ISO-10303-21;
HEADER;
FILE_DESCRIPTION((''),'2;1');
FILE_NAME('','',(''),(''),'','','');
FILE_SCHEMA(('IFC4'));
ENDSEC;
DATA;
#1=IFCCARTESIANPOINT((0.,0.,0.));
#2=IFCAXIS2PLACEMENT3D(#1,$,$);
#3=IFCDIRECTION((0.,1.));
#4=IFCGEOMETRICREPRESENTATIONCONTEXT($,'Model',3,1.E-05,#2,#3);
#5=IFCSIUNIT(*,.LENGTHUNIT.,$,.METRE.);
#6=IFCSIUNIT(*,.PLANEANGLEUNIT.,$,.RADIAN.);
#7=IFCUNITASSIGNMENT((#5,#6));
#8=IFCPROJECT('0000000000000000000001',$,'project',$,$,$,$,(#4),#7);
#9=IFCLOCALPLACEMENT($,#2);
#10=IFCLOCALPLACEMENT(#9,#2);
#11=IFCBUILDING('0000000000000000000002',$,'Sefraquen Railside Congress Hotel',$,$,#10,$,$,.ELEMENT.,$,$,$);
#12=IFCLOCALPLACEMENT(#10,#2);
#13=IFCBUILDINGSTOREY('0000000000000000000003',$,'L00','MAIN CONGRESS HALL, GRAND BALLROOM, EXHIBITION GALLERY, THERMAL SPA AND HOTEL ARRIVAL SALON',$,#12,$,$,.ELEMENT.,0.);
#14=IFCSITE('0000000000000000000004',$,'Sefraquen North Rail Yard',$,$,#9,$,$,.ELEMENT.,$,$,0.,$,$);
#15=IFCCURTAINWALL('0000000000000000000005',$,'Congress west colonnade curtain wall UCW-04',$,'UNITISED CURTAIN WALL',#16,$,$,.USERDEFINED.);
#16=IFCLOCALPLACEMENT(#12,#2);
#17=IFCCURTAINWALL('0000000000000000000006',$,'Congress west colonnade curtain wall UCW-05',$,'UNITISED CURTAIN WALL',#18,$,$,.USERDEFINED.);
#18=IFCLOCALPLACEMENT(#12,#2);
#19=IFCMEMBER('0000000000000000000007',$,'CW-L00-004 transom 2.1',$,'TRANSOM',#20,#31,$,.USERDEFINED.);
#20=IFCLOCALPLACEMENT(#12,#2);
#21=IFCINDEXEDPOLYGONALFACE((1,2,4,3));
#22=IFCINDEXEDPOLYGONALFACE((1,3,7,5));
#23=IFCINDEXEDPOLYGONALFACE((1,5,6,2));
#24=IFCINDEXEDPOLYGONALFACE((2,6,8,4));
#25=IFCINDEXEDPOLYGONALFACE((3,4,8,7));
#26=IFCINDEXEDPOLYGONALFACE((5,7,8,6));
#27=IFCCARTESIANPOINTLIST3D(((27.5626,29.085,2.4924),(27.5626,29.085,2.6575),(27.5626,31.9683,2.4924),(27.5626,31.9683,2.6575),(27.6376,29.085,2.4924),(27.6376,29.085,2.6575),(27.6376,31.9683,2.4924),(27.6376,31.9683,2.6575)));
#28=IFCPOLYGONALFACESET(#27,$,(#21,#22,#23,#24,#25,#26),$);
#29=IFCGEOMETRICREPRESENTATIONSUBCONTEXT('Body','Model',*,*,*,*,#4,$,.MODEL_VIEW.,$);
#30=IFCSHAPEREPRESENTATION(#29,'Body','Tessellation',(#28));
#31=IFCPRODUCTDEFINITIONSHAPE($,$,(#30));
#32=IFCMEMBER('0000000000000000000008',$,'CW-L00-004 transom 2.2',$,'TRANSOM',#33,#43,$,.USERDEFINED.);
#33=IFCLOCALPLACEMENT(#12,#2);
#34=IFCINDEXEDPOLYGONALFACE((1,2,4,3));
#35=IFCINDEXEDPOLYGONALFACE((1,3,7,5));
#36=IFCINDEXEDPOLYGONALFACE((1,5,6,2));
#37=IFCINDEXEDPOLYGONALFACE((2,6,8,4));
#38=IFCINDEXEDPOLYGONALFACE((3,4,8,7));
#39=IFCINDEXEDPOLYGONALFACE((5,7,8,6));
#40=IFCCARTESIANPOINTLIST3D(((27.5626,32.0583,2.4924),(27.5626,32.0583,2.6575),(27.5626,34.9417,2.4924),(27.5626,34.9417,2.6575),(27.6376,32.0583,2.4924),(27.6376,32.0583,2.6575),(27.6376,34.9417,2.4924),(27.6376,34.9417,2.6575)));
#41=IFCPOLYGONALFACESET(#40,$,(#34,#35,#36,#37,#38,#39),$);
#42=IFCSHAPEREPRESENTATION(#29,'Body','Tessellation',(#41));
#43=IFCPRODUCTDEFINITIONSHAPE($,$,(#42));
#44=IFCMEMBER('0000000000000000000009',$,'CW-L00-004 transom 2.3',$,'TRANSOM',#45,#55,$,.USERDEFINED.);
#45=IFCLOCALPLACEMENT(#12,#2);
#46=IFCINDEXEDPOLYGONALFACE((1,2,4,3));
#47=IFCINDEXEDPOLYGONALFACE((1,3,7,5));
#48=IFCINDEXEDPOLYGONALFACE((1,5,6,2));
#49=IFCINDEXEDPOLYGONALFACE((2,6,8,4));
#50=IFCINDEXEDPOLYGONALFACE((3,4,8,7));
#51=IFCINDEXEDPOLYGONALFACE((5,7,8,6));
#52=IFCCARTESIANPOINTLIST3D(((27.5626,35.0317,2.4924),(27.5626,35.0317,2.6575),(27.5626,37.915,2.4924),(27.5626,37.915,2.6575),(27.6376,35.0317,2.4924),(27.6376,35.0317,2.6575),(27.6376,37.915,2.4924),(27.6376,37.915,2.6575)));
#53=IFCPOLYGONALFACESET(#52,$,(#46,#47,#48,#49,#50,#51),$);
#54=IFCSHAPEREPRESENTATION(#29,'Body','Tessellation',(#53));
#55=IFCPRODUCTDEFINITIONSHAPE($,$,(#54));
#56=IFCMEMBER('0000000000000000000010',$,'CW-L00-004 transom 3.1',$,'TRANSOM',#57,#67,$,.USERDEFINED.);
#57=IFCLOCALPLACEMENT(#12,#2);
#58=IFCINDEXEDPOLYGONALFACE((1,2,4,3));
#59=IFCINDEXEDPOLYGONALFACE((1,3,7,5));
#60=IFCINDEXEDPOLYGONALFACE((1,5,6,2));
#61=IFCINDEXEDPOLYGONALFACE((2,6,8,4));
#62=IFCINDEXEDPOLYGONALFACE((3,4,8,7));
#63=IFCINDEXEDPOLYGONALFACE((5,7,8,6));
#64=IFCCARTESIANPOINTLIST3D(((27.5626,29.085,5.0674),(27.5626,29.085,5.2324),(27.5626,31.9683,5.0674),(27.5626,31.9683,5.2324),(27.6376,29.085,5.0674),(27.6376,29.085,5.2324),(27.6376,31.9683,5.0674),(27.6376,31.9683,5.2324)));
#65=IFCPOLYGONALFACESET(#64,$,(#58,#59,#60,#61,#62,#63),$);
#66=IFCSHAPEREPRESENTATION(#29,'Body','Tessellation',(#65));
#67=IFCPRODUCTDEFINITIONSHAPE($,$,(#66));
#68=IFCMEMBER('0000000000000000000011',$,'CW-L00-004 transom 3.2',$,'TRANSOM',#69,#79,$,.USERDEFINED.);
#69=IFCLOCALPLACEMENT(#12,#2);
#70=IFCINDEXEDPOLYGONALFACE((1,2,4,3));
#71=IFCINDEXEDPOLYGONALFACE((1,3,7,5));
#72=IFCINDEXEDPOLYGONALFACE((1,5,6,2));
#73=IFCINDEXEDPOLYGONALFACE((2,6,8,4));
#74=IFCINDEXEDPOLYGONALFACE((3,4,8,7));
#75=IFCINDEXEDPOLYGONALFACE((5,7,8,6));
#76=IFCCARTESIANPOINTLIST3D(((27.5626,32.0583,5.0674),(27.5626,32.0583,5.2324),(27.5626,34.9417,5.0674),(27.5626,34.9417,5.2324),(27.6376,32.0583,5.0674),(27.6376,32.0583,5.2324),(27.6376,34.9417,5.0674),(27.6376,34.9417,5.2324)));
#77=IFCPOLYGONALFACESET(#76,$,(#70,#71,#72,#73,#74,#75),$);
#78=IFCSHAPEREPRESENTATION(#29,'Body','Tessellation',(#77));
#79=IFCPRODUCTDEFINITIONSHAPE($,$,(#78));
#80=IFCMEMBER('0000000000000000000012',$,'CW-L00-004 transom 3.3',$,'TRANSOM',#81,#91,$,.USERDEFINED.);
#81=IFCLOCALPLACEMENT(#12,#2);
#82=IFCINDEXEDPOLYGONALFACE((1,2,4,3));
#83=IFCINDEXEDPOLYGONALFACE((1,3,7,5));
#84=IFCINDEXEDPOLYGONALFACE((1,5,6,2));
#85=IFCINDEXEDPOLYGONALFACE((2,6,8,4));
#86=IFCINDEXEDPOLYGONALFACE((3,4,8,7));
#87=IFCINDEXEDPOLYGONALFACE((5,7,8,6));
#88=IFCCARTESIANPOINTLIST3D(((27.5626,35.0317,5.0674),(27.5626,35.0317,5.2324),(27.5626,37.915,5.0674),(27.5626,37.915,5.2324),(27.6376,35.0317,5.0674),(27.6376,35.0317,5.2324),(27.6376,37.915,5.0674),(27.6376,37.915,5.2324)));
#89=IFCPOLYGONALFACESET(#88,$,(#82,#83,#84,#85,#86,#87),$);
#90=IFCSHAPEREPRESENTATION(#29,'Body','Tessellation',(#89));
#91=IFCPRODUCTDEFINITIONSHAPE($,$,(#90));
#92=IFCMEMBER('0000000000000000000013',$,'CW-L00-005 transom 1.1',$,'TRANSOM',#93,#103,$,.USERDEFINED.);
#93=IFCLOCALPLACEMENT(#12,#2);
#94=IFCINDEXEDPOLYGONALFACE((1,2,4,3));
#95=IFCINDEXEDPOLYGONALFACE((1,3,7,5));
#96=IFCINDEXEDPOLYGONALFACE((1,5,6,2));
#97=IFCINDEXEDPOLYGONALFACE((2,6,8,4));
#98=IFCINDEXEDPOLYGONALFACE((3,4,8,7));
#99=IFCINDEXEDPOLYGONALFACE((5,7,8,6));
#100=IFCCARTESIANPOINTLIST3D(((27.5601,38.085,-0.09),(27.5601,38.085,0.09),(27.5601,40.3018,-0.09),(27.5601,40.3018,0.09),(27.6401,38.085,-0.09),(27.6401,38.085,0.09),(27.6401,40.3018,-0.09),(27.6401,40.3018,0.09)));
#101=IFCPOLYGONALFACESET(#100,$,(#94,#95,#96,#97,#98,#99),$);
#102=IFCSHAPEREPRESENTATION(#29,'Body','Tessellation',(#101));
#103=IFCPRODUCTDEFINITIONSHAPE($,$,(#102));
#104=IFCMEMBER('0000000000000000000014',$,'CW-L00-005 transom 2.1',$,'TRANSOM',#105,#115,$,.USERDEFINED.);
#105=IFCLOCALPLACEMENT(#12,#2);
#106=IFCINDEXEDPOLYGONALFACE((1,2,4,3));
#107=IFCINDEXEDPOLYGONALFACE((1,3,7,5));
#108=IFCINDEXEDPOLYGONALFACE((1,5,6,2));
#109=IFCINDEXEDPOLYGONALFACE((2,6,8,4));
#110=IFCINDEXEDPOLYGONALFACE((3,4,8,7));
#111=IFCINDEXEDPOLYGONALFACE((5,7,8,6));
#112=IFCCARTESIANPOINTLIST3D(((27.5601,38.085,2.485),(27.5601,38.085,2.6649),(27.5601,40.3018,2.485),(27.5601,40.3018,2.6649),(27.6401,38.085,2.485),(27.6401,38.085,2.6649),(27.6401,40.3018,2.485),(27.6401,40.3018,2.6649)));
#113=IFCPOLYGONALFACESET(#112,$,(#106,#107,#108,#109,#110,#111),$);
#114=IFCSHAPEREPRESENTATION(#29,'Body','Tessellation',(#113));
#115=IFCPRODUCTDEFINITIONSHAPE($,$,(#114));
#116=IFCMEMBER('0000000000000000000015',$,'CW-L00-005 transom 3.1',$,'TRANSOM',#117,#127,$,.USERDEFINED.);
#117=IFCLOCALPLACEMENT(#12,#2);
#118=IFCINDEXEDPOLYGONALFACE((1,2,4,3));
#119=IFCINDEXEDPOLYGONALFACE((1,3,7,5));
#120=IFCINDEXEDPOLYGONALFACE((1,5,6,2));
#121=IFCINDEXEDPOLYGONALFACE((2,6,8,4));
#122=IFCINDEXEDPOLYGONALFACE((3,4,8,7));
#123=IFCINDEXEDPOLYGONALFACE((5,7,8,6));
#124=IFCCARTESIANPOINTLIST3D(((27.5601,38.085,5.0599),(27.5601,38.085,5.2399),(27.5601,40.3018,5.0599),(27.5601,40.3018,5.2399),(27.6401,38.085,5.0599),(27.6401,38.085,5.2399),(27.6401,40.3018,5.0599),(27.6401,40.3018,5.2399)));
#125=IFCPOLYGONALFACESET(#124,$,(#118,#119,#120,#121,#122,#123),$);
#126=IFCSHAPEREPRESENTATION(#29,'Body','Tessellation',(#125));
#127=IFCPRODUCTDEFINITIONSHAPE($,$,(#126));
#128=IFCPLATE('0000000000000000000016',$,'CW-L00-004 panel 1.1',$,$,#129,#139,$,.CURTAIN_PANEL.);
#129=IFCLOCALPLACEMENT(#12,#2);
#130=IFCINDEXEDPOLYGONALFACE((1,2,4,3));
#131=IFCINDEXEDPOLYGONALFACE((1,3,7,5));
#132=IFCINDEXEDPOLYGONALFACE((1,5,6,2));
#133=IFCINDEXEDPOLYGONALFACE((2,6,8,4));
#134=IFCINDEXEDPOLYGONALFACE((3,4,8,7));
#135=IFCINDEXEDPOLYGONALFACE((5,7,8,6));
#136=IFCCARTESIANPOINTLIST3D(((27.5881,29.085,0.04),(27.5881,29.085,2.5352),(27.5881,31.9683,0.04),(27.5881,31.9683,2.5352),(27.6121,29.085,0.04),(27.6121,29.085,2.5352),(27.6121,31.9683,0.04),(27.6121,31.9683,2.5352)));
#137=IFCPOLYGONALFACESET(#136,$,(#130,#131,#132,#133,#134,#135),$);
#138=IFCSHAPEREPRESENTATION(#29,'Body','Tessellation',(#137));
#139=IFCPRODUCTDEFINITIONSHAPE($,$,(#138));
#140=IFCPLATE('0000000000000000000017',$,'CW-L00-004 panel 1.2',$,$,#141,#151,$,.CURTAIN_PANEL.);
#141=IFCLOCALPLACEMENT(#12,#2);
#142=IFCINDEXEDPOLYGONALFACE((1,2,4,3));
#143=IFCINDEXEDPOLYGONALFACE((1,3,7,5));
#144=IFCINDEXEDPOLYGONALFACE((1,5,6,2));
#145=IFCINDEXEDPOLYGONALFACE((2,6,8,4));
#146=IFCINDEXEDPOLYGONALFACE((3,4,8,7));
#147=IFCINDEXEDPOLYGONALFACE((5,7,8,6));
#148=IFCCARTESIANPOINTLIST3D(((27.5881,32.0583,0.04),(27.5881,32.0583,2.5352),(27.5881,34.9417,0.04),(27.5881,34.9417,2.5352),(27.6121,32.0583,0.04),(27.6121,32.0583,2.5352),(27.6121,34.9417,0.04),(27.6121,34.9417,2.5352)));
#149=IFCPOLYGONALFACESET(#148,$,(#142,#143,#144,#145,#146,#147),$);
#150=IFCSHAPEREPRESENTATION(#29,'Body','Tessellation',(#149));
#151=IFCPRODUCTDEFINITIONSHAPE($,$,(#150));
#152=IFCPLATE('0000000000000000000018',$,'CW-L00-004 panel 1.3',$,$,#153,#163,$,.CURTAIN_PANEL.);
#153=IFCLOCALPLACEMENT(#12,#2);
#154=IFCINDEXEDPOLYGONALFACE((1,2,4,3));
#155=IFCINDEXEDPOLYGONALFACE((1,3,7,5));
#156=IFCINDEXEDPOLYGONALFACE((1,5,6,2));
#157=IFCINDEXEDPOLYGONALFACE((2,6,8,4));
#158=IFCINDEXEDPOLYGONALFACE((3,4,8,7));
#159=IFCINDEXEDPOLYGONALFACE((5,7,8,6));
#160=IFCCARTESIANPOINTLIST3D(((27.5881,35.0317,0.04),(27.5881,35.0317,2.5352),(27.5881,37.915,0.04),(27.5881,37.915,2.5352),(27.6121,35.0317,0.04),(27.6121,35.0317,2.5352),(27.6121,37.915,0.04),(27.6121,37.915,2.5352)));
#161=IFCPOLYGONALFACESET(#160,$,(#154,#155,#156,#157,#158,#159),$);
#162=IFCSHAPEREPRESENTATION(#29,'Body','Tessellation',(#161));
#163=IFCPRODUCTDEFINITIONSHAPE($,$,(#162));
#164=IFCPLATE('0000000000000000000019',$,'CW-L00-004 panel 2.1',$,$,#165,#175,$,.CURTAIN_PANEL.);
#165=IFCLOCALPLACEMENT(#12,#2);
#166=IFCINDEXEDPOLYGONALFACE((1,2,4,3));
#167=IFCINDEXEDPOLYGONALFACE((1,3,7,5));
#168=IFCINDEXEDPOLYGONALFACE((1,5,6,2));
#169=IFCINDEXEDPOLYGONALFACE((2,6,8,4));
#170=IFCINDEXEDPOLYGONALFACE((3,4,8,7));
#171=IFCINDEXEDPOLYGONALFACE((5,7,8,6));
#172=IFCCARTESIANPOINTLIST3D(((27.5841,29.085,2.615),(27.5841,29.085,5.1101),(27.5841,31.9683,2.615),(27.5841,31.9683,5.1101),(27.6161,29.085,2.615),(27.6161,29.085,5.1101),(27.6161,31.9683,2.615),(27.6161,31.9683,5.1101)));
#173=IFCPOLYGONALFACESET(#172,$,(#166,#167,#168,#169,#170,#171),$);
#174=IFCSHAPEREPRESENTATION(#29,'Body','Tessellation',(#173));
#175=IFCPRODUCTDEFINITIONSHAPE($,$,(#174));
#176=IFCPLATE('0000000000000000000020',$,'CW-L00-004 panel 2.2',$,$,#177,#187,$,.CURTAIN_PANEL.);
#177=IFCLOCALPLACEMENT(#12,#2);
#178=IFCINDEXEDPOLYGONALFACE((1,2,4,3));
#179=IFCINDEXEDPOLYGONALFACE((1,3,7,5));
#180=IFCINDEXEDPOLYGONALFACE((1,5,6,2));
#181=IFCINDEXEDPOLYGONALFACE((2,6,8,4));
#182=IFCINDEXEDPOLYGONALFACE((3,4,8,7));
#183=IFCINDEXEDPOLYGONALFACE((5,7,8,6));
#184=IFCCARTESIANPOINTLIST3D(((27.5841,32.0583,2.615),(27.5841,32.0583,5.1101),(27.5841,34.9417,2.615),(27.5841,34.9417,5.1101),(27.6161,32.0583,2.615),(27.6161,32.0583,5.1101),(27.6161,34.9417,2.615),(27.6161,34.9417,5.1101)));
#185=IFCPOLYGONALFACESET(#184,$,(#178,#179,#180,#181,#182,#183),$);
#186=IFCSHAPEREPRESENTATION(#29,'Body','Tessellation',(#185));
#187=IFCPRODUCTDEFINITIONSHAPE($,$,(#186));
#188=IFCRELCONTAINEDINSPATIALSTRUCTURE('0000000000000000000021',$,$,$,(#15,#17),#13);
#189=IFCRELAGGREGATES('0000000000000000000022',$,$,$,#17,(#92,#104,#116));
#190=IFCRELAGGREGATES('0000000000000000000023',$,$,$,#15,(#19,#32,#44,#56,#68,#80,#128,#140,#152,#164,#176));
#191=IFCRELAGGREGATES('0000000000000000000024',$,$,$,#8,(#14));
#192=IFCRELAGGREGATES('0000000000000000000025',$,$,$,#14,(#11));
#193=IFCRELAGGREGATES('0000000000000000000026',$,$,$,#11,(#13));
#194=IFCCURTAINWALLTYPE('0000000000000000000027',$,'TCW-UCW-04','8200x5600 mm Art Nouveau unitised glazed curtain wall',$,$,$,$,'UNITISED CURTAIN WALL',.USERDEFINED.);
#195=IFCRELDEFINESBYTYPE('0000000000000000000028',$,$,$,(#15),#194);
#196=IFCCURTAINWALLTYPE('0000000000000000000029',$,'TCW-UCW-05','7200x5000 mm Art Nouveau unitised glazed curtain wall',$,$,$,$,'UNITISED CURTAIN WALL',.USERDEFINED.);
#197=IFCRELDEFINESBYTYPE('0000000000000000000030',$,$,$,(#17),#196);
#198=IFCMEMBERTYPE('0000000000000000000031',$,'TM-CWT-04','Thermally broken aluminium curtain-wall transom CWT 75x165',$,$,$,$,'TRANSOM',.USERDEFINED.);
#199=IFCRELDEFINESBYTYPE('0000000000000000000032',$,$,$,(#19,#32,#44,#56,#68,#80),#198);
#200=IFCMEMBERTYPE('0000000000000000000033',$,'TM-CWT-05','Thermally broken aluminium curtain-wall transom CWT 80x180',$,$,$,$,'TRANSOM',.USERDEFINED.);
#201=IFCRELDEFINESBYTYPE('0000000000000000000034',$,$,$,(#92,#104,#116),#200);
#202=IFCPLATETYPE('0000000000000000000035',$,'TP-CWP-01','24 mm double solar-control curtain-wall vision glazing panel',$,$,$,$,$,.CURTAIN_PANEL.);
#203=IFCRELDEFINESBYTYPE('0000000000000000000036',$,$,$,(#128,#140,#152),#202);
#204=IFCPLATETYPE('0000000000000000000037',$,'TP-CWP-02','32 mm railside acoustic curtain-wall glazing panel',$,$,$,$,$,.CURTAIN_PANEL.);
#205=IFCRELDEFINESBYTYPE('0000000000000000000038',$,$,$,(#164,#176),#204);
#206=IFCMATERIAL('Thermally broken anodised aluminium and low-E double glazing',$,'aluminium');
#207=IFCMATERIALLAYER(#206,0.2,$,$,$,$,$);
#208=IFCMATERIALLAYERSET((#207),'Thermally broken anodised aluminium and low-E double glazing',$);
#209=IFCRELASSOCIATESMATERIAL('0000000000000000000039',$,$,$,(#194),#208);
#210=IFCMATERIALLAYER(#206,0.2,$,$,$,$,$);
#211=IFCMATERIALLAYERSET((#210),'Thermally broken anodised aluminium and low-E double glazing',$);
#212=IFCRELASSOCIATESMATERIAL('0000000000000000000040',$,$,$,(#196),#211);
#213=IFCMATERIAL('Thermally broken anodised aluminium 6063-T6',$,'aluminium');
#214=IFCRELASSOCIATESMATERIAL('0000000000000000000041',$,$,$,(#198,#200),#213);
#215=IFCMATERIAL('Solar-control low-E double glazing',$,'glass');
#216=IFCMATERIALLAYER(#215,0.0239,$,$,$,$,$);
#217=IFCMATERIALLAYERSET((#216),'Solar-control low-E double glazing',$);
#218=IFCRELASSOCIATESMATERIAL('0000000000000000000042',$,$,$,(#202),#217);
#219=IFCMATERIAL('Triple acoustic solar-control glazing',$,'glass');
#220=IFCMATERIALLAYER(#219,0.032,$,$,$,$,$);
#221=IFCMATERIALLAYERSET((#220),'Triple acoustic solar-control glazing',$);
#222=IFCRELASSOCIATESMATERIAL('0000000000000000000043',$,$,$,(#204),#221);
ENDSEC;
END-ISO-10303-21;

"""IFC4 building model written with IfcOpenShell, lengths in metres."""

from ifc_helpers import new_model, si_unit, direction, frame, origin, origin_2d, place, context, subcontext, project, spatial, rectangle, extrude, material, layer, layer_set, material_profile, profile_set, type_object, element, aggregate, save


model = new_model("IFC4")

# Units and contexts
model_context = context("Model", 3, precision=1e-05, world=origin(), true_north=direction((0.0, 1.0)))
body_context = subcontext(model_context, "Body", "Model", "MODEL_VIEW")
ifc_project = project(units=[si_unit("LENGTHUNIT", "METRE"), si_unit("PLANEANGLEUNIT", "RADIAN")], contexts=[model_context])

# Site, building, storey
site_placement = place(None, origin())
site = spatial("IfcSite", under=ifc_project, at=site_placement, Name="Sefraquen North Rail Yard", CompositionType="ELEMENT", RefElevation=0.0)
building_placement = place(site_placement, origin())
building = spatial("IfcBuilding", under=site, at=building_placement, Name="Sefraquen Railside Congress Hotel", CompositionType="ELEMENT")
storey_placement = place(building_placement, origin())
storey = spatial("IfcBuildingStorey", under=building, at=storey_placement, Name="L00", Description="MAIN CONGRESS HALL, GRAND BALLROOM, EXHIBITION GALLERY, THERMAL SPA AND HOTEL ARRIVAL SALON", CompositionType="ELEMENT", Elevation=0.0)

# Curtain wall
ifc_material_1 = material(Name="Thermally broken anodised aluminium and low-E double glazing", Category="aluminium")
ifc_layer_1 = layer(ifc_material_1, 0.2)
ifc_layer_set_1 = layer_set([ifc_layer_1], Name="Thermally broken anodised aluminium and low-E double glazing")
curtain_wall_type_1 = type_object("IfcCurtainWallType", Name="TCW-UCW-04", Description="8200x5600 mm Art Nouveau unitised glazed curtain wall", ElementType="UNITISED CURTAIN WALL", PredefinedType="USERDEFINED", material=ifc_layer_set_1)
curtain_wall_1_placement = place(storey_placement, origin())
curtain_wall_1 = element("IfcCurtainWall", 1, at=curtain_wall_1_placement, inside=storey, type_object=curtain_wall_type_1, Name="Congress west colonnade curtain wall UCW-04", ObjectType="UNITISED CURTAIN WALL", PredefinedType="USERDEFINED")
ifc_material_2 = material(Name="Thermally broken anodised aluminium 6063-T6", Category="aluminium")

# Curtain wall
ifc_layer_2 = layer(ifc_material_1, 0.2)
ifc_layer_set_2 = layer_set([ifc_layer_2], Name="Thermally broken anodised aluminium and low-E double glazing")
curtain_wall_type_2 = type_object("IfcCurtainWallType", Name="TCW-UCW-05", Description="7200x5000 mm Art Nouveau unitised glazed curtain wall", ElementType="UNITISED CURTAIN WALL", PredefinedType="USERDEFINED", material=ifc_layer_set_2)
curtain_wall_2_placement = place(storey_placement, origin())
curtain_wall_2 = element("IfcCurtainWall", 2, at=curtain_wall_2_placement, inside=storey, type_object=curtain_wall_type_2, Name="Congress west colonnade curtain wall UCW-05", ObjectType="UNITISED CURTAIN WALL", PredefinedType="USERDEFINED")

# Members
ifc_material_profile_1 = material_profile(ifc_material_2, rectangle(XDim=0.075, YDim=0.165, at=origin_2d()), Name="CWT 75x165")
ifc_profile_set_1 = profile_set([ifc_material_profile_1], Name="Thermally broken anodised aluminium 6063-T6")
member_type_1 = type_object("IfcMemberType", Name="TM-CWT-04", Description="Thermally broken aluminium curtain-wall transom CWT 75x165", ElementType="TRANSOM", PredefinedType="USERDEFINED", material=ifc_profile_set_1)
member_1_placement = place(storey_placement, frame((27.6001, 29.085, 2.575), z_axis=(0.0, 1.0, 0.0), x_axis=(-1.0, 0.0, 0.0)))
member_1 = element("IfcMember", 3, at=member_1_placement, type_object=member_type_1, Name="CW-L00-004 transom 2.1", ObjectType="TRANSOM", PredefinedType="USERDEFINED", context=body_context, shape_type="SweptSolid", body=[
    extrude(rectangle(XDim=0.075, YDim=0.165, at=origin_2d()), origin(), (0.0, 0.0, 1.0), 2.8833),
])
member_2_placement = place(storey_placement, frame((27.6001, 32.0583, 2.575), z_axis=(0.0, 1.0, 0.0), x_axis=(-1.0, 0.0, 0.0)))
member_2 = element("IfcMember", 4, at=member_2_placement, type_object=member_type_1, Name="CW-L00-004 transom 2.2", ObjectType="TRANSOM", PredefinedType="USERDEFINED", context=body_context, shape_type="SweptSolid", body=[
    extrude(rectangle(XDim=0.075, YDim=0.165, at=origin_2d()), origin(), (0.0, 0.0, 1.0), 2.8833),
])
member_3_placement = place(storey_placement, frame((27.6001, 35.0317, 2.575), z_axis=(0.0, 1.0, 0.0), x_axis=(-1.0, 0.0, 0.0)))
member_3 = element("IfcMember", 5, at=member_3_placement, type_object=member_type_1, Name="CW-L00-004 transom 2.3", ObjectType="TRANSOM", PredefinedType="USERDEFINED", context=body_context, shape_type="SweptSolid", body=[
    extrude(rectangle(XDim=0.075, YDim=0.165, at=origin_2d()), origin(), (0.0, 0.0, 1.0), 2.8833),
])
member_4_placement = place(storey_placement, frame((27.6001, 29.085, 5.1499), z_axis=(0.0, 1.0, 0.0), x_axis=(-1.0, 0.0, 0.0)))
member_4 = element("IfcMember", 6, at=member_4_placement, type_object=member_type_1, Name="CW-L00-004 transom 3.1", ObjectType="TRANSOM", PredefinedType="USERDEFINED", context=body_context, shape_type="SweptSolid", body=[
    extrude(rectangle(XDim=0.075, YDim=0.165, at=origin_2d()), origin(), (0.0, 0.0, 1.0), 2.8833),
])
member_5_placement = place(storey_placement, frame((27.6001, 32.0583, 5.1499), z_axis=(0.0, 1.0, 0.0), x_axis=(-1.0, 0.0, 0.0)))
member_5 = element("IfcMember", 7, at=member_5_placement, type_object=member_type_1, Name="CW-L00-004 transom 3.2", ObjectType="TRANSOM", PredefinedType="USERDEFINED", context=body_context, shape_type="SweptSolid", body=[
    extrude(rectangle(XDim=0.075, YDim=0.165, at=origin_2d()), origin(), (0.0, 0.0, 1.0), 2.8833),
])
member_6_placement = place(storey_placement, frame((27.6001, 35.0317, 5.1499), z_axis=(0.0, 1.0, 0.0), x_axis=(-1.0, 0.0, 0.0)))
member_6 = element("IfcMember", 8, at=member_6_placement, type_object=member_type_1, Name="CW-L00-004 transom 3.3", ObjectType="TRANSOM", PredefinedType="USERDEFINED", context=body_context, shape_type="SweptSolid", body=[
    extrude(rectangle(XDim=0.075, YDim=0.165, at=origin_2d()), origin(), (0.0, 0.0, 1.0), 2.8833),
])
ifc_material_profile_2 = material_profile(ifc_material_2, rectangle(XDim=0.0801, YDim=0.1799, at=origin_2d()), Name="CWT 80x180")
ifc_profile_set_2 = profile_set([ifc_material_profile_2], Name="Thermally broken anodised aluminium 6063-T6")
member_type_2 = type_object("IfcMemberType", Name="TM-CWT-05", Description="Thermally broken aluminium curtain-wall transom CWT 80x180", ElementType="TRANSOM", PredefinedType="USERDEFINED", material=ifc_profile_set_2)
member_7_placement = place(storey_placement, frame((27.6001, 38.085, 0.0), z_axis=(0.0, 1.0, 0.0), x_axis=(-1.0, 0.0, 0.0)))
member_7 = element("IfcMember", 9, at=member_7_placement, type_object=member_type_2, Name="CW-L00-005 transom 1.1", ObjectType="TRANSOM", PredefinedType="USERDEFINED", context=body_context, shape_type="SweptSolid", body=[
    extrude(rectangle(XDim=0.0801, YDim=0.1799, at=origin_2d()), origin(), (0.0, 0.0, 1.0), 2.2168),
])
member_8_placement = place(storey_placement, frame((27.6001, 38.085, 2.575), z_axis=(0.0, 1.0, 0.0), x_axis=(-1.0, 0.0, 0.0)))
member_8 = element("IfcMember", 10, at=member_8_placement, type_object=member_type_2, Name="CW-L00-005 transom 2.1", ObjectType="TRANSOM", PredefinedType="USERDEFINED", context=body_context, shape_type="SweptSolid", body=[
    extrude(rectangle(XDim=0.0801, YDim=0.1799, at=origin_2d()), origin(), (0.0, 0.0, 1.0), 2.2168),
])
member_9_placement = place(storey_placement, frame((27.6001, 38.085, 5.1499), z_axis=(0.0, 1.0, 0.0), x_axis=(-1.0, 0.0, 0.0)))
member_9 = element("IfcMember", 11, at=member_9_placement, type_object=member_type_2, Name="CW-L00-005 transom 3.1", ObjectType="TRANSOM", PredefinedType="USERDEFINED", context=body_context, shape_type="SweptSolid", body=[
    extrude(rectangle(XDim=0.0801, YDim=0.1799, at=origin_2d()), origin(), (0.0, 0.0, 1.0), 2.2168),
])
aggregate(curtain_wall_2, [member_7, member_8, member_9])

# Plates
ifc_material_3 = material(Name="Solar-control low-E double glazing", Category="glass")
ifc_layer_3 = layer(ifc_material_3, 0.0239)
ifc_layer_set_3 = layer_set([ifc_layer_3], Name="Solar-control low-E double glazing")
plate_type_1 = type_object("IfcPlateType", Name="TP-CWP-01", Description="24 mm double solar-control curtain-wall vision glazing panel", PredefinedType="CURTAIN_PANEL", material=ifc_layer_set_3)
plate_1_placement = place(storey_placement, frame((27.6001, 30.5266, 0.04), z_axis=(0.0, 0.0, 1.0), x_axis=(0.0, 1.0, 0.0)))
plate_1 = element("IfcPlate", 12, at=plate_1_placement, type_object=plate_type_1, Name="CW-L00-004 panel 1.1", PredefinedType="CURTAIN_PANEL", context=body_context, shape_type="SweptSolid", body=[
    extrude(rectangle(XDim=2.8833, YDim=0.0239, at=origin_2d()), origin(), (0.0, 0.0, 1.0), 2.4951),
])
plate_2_placement = place(storey_placement, frame((27.6001, 33.5, 0.04), z_axis=(0.0, 0.0, 1.0), x_axis=(0.0, 1.0, 0.0)))
plate_2 = element("IfcPlate", 13, at=plate_2_placement, type_object=plate_type_1, Name="CW-L00-004 panel 1.2", PredefinedType="CURTAIN_PANEL", context=body_context, shape_type="SweptSolid", body=[
    extrude(rectangle(XDim=2.8833, YDim=0.0239, at=origin_2d()), origin(), (0.0, 0.0, 1.0), 2.4951),
])
plate_3_placement = place(storey_placement, frame((27.6001, 36.4734, 0.04), z_axis=(0.0, 0.0, 1.0), x_axis=(0.0, 1.0, 0.0)))
plate_3 = element("IfcPlate", 14, at=plate_3_placement, type_object=plate_type_1, Name="CW-L00-004 panel 1.3", PredefinedType="CURTAIN_PANEL", context=body_context, shape_type="SweptSolid", body=[
    extrude(rectangle(XDim=2.8833, YDim=0.0239, at=origin_2d()), origin(), (0.0, 0.0, 1.0), 2.4951),
])
ifc_material_4 = material(Name="Triple acoustic solar-control glazing", Category="glass")
ifc_layer_4 = layer(ifc_material_4, 0.032)
ifc_layer_set_4 = layer_set([ifc_layer_4], Name="Triple acoustic solar-control glazing")
plate_type_2 = type_object("IfcPlateType", Name="TP-CWP-02", Description="32 mm railside acoustic curtain-wall glazing panel", PredefinedType="CURTAIN_PANEL", material=ifc_layer_set_4)
plate_4_placement = place(storey_placement, frame((27.6001, 30.5266, 2.615), z_axis=(0.0, 0.0, 1.0), x_axis=(0.0, 1.0, 0.0)))
plate_4 = element("IfcPlate", 15, at=plate_4_placement, type_object=plate_type_2, Name="CW-L00-004 panel 2.1", PredefinedType="CURTAIN_PANEL", context=body_context, shape_type="SweptSolid", body=[
    extrude(rectangle(XDim=2.8833, YDim=0.032, at=origin_2d()), origin(), (0.0, 0.0, 1.0), 2.4951),
])
plate_5_placement = place(storey_placement, frame((27.6001, 33.5, 2.615), z_axis=(0.0, 0.0, 1.0), x_axis=(0.0, 1.0, 0.0)))
plate_5 = element("IfcPlate", 16, at=plate_5_placement, type_object=plate_type_2, Name="CW-L00-004 panel 2.2", PredefinedType="CURTAIN_PANEL", context=body_context, shape_type="SweptSolid", body=[
    extrude(rectangle(XDim=2.8833, YDim=0.032, at=origin_2d()), origin(), (0.0, 0.0, 1.0), 2.4951),
])
aggregate(curtain_wall_1, [member_1, member_2, member_3, member_4, member_5, member_6, plate_1, plate_2, plate_3, plate_4, plate_5])

save(model, "model.ifc")
